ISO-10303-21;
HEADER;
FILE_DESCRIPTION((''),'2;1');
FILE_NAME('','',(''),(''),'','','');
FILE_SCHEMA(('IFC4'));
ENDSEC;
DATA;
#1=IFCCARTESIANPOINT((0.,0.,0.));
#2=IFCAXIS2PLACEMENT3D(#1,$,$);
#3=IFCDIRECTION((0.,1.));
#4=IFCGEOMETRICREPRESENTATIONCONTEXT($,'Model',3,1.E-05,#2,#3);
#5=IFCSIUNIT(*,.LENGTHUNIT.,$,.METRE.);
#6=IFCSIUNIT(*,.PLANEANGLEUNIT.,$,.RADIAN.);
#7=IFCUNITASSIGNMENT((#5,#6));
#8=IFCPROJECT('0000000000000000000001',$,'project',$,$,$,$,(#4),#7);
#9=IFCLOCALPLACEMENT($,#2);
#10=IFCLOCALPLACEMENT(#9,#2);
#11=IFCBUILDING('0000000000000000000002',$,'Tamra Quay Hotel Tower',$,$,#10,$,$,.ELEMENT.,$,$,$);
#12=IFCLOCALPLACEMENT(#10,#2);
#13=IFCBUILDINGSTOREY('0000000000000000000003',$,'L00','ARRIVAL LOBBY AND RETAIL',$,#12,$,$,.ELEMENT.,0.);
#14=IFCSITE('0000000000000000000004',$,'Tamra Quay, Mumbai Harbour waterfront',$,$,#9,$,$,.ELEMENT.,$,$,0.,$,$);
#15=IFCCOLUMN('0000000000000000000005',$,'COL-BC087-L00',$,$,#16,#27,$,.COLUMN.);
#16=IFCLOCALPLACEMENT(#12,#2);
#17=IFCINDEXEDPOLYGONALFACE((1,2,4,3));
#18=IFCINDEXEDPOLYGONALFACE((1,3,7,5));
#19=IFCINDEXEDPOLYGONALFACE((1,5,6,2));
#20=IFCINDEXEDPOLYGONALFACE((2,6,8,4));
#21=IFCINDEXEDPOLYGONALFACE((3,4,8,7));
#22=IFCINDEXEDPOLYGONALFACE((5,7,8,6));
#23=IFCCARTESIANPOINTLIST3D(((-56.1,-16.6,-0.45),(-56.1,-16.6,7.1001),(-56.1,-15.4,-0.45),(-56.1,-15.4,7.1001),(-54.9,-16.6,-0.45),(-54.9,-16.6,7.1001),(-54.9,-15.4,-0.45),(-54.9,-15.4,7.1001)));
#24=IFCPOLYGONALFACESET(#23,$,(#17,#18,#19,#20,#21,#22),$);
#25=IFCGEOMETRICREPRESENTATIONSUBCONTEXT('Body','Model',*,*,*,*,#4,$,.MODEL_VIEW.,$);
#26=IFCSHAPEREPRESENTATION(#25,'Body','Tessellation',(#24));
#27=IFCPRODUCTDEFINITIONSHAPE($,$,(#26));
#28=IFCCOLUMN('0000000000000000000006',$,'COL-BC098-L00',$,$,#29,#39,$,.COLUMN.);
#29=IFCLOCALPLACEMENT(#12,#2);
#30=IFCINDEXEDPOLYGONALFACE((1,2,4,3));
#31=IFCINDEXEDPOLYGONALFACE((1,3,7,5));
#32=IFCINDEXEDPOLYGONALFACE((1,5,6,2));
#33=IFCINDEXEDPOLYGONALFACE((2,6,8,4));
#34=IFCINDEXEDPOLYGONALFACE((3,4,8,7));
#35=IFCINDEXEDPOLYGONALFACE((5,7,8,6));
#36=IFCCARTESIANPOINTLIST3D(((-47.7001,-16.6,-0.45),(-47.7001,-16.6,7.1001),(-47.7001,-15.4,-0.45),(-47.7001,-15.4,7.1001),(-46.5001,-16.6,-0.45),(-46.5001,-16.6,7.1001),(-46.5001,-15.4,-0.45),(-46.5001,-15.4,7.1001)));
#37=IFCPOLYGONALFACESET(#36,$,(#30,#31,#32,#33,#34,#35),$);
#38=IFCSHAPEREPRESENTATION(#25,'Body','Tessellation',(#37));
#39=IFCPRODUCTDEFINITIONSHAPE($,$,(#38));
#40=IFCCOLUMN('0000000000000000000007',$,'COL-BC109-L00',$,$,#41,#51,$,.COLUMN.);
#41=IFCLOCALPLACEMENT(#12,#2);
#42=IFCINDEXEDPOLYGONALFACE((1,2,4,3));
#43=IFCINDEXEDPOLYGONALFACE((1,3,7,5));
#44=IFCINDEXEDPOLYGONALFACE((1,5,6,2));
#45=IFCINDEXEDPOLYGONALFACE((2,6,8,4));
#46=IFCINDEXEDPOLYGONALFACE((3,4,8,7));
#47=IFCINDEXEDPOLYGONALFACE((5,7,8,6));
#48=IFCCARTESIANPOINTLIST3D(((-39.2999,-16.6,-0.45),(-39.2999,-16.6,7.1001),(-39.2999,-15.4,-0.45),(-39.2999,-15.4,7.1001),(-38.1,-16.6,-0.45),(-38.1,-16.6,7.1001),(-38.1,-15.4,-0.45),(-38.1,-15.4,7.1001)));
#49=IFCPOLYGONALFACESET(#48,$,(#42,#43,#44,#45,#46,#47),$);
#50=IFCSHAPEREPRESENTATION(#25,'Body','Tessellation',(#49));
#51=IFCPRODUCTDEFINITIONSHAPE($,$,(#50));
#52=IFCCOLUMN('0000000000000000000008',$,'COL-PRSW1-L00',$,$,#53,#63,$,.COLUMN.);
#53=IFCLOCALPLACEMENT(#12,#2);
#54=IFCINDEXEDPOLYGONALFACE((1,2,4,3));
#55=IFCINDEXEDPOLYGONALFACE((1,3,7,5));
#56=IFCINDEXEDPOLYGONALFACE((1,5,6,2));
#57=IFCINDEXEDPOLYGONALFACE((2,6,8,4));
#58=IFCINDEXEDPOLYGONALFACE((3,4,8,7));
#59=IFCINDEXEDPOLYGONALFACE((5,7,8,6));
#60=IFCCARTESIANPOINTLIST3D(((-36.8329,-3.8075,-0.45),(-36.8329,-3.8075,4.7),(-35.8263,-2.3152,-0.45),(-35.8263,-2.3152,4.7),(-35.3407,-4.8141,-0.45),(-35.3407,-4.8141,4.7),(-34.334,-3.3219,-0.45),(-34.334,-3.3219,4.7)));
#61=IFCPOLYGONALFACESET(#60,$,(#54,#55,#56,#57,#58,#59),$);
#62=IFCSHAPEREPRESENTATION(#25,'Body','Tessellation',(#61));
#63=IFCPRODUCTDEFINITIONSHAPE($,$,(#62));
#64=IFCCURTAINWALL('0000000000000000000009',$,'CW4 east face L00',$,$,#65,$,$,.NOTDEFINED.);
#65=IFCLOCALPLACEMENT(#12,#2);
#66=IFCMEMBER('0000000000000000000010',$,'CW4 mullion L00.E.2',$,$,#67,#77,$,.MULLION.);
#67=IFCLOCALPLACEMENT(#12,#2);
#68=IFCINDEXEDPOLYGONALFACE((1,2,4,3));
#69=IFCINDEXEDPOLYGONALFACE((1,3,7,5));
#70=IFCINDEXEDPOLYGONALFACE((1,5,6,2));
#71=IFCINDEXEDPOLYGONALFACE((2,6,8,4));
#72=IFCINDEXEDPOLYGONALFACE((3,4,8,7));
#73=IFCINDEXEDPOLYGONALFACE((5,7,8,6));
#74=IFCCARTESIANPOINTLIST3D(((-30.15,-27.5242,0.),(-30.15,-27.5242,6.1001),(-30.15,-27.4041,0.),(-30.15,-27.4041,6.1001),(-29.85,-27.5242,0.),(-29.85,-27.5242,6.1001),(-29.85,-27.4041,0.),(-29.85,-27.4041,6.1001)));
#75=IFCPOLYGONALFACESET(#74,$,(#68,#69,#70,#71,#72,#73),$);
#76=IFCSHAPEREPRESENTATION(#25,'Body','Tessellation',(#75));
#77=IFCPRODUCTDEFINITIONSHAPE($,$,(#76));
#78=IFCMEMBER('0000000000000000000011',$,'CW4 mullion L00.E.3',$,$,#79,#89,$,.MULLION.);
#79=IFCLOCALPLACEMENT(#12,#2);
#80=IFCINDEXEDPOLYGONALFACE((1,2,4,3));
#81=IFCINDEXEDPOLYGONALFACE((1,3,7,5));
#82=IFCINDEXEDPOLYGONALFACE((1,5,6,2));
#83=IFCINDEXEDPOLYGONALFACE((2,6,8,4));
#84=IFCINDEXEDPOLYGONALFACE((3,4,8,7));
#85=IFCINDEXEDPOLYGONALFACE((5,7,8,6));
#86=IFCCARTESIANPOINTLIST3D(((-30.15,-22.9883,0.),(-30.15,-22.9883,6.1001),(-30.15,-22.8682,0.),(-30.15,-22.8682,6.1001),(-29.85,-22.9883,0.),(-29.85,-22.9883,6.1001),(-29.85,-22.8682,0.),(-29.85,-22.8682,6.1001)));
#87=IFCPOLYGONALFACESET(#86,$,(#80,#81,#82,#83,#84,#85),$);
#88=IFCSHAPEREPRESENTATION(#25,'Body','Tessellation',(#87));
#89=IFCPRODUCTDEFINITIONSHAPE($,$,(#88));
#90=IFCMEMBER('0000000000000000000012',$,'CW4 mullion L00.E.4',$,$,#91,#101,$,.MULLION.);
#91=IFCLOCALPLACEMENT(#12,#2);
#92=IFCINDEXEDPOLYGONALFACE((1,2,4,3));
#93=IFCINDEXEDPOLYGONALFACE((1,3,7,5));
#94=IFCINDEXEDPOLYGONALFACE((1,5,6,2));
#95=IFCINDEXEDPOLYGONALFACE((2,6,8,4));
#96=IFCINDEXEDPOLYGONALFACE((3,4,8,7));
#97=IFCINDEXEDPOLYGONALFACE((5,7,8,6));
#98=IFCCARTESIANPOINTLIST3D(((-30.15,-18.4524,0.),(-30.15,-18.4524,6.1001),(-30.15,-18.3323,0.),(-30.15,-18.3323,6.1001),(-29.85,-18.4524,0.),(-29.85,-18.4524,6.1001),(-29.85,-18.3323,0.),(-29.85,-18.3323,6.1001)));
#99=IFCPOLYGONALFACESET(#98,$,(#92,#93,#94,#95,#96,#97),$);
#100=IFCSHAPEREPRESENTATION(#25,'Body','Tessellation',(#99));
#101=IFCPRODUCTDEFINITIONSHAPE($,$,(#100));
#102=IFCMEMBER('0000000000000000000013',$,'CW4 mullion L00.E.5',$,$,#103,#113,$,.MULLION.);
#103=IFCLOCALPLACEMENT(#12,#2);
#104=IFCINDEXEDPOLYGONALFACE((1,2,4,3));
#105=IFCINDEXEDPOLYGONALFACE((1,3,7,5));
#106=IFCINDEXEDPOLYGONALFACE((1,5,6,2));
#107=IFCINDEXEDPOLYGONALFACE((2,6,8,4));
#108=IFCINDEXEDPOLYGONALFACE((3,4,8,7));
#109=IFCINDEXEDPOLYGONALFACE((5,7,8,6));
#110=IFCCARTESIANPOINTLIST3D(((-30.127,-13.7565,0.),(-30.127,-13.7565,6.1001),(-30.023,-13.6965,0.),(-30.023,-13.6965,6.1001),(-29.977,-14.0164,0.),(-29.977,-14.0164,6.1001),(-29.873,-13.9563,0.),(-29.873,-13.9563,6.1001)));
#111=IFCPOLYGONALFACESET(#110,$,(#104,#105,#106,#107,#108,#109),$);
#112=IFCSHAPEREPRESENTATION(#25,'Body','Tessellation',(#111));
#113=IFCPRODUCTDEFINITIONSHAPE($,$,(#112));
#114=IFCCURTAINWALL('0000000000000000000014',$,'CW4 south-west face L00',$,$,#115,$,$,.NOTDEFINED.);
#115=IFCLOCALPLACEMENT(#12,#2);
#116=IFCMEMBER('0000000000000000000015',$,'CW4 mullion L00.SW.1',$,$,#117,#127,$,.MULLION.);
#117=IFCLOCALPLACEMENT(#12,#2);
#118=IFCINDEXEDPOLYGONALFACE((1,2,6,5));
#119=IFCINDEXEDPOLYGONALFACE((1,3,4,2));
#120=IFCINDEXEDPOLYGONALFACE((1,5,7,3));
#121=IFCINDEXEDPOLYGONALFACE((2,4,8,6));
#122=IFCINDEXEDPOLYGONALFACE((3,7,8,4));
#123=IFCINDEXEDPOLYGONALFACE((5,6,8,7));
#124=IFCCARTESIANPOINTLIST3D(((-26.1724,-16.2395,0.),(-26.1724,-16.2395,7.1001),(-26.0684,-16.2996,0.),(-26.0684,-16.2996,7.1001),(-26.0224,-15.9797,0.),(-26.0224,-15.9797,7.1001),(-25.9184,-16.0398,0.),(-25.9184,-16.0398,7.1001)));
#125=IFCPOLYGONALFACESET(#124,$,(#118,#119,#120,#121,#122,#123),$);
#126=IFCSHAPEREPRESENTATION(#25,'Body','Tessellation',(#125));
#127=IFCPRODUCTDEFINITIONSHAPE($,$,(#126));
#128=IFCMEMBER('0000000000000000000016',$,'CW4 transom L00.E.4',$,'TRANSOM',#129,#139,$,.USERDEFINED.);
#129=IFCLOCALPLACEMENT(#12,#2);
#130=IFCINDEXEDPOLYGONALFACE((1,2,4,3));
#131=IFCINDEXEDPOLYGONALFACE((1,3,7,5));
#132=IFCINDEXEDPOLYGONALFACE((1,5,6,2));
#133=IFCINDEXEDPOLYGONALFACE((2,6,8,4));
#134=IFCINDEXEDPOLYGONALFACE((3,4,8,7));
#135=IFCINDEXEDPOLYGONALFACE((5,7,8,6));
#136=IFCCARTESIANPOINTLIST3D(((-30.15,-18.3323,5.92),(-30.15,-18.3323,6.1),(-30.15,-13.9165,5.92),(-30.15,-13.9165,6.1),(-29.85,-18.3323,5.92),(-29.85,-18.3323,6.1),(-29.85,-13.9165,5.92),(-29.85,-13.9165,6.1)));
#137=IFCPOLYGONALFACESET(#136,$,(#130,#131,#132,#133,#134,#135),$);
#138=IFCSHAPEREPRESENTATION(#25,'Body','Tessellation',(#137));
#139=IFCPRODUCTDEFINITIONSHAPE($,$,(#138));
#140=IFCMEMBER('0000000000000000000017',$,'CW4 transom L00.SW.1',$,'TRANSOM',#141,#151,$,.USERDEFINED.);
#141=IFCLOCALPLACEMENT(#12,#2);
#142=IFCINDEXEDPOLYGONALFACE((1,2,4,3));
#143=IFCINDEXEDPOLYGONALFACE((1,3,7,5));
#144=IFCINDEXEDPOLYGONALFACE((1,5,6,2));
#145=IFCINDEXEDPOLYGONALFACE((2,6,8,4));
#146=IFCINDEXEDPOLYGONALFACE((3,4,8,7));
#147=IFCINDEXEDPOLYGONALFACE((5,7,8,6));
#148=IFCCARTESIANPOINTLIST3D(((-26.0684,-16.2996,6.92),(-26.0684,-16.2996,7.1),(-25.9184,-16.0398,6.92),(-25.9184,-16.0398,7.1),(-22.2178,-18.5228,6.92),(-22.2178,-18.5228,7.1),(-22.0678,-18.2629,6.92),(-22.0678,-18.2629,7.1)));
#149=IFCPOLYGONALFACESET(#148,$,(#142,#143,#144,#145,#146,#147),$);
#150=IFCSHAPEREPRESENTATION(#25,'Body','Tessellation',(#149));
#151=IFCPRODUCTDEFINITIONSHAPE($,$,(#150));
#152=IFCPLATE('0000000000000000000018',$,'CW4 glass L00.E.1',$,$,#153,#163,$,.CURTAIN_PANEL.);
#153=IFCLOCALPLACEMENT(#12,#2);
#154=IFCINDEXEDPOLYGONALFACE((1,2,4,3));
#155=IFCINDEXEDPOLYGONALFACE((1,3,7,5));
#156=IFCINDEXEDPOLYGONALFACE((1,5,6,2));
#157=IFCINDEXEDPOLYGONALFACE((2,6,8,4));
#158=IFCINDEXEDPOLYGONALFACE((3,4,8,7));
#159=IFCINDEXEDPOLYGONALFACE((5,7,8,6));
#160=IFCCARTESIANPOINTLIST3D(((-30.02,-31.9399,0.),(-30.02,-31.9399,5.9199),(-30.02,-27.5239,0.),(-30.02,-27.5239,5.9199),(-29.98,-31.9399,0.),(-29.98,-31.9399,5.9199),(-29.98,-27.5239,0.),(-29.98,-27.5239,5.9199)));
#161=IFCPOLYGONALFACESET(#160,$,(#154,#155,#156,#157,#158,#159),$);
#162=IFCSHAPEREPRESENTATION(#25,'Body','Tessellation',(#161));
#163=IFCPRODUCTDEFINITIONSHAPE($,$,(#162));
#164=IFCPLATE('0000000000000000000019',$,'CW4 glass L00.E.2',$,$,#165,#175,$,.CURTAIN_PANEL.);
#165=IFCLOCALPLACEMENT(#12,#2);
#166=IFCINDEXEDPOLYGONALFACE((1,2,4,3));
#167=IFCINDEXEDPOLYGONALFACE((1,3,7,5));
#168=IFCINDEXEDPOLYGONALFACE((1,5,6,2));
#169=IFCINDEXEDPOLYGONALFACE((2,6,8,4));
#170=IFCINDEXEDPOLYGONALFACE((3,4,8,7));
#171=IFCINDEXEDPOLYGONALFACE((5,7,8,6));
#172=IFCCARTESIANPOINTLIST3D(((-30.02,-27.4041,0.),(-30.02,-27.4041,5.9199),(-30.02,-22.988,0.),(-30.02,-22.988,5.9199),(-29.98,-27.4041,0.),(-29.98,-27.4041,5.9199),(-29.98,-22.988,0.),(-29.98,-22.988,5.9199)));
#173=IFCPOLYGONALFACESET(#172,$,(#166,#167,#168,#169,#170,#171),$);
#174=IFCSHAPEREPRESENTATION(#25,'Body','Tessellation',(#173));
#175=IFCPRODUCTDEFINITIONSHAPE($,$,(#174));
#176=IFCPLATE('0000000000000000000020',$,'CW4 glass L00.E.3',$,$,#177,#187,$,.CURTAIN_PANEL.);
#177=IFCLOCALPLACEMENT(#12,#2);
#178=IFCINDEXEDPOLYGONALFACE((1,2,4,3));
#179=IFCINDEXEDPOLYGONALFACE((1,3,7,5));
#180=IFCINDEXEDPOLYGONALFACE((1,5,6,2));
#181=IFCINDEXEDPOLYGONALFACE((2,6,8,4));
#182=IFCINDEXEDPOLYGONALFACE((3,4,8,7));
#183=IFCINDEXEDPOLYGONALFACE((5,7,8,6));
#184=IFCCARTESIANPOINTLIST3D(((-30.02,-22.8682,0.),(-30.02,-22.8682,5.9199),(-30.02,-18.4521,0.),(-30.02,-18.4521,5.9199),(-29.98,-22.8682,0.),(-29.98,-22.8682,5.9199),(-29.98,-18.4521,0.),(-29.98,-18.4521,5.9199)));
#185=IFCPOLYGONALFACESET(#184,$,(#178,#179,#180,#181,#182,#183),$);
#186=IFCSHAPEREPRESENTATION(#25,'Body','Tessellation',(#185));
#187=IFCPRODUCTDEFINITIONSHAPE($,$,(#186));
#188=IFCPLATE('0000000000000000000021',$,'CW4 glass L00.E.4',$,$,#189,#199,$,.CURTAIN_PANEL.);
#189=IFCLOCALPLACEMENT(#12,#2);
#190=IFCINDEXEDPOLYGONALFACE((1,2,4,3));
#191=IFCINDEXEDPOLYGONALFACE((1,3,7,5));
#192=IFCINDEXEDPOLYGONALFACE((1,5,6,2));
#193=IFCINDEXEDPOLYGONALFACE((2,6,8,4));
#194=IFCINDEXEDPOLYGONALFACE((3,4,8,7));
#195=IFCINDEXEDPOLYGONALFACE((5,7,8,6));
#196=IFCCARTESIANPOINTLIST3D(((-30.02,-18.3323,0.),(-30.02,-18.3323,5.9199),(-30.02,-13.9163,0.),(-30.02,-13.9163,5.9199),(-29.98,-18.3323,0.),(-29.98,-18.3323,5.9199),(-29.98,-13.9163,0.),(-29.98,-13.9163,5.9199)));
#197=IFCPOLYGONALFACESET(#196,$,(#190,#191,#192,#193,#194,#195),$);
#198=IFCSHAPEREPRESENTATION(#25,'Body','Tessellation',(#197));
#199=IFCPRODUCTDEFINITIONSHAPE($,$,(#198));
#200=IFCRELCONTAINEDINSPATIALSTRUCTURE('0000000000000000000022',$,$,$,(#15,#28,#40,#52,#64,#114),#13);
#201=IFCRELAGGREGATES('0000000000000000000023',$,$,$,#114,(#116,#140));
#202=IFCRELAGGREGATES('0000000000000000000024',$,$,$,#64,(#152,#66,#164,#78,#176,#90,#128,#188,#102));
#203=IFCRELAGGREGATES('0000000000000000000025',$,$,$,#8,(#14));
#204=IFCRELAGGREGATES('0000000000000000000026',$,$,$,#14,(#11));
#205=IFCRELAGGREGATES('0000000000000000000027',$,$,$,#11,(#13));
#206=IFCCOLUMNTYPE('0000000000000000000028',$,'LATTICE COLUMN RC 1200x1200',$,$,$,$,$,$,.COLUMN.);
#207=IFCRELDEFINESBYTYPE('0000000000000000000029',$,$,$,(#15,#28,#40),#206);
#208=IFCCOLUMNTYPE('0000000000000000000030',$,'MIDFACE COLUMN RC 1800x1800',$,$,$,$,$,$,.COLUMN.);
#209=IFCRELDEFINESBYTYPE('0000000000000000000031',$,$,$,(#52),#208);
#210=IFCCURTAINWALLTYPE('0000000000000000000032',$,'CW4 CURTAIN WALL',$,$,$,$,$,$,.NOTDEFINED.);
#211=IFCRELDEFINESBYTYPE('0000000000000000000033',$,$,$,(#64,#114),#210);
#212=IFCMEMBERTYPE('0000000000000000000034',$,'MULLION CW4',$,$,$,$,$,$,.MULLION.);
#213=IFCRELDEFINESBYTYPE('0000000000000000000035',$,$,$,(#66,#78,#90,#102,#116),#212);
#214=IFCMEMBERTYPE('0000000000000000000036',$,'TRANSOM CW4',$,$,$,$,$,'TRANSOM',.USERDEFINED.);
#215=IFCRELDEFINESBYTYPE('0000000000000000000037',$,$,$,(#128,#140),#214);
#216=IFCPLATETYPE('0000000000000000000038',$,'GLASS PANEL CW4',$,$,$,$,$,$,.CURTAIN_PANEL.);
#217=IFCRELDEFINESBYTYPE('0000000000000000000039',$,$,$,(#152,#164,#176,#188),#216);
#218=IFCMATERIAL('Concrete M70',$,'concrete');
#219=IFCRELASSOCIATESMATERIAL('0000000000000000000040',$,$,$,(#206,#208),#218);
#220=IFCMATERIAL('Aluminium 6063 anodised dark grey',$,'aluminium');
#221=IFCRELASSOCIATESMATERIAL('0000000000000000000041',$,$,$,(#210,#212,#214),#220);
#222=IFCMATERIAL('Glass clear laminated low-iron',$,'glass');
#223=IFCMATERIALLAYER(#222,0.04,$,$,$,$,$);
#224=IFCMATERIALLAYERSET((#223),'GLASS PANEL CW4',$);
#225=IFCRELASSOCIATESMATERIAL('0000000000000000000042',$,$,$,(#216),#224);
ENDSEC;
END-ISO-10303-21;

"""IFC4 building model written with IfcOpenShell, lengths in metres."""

from ifc_helpers import new_model, si_unit, direction, frame, origin, origin_2d, place, context, subcontext, project, spatial, rectangle, extrude, material, layer, layer_set, material_profile, profile_set, type_object, element, aggregate, save


model = new_model("IFC4")

# Units and contexts
model_context = context("Model", 3, precision=1e-05, world=origin(), true_north=direction((0.0, 1.0)))
body_context = subcontext(model_context, "Body", "Model", "MODEL_VIEW")
ifc_project = project(units=[si_unit("LENGTHUNIT", "METRE"), si_unit("PLANEANGLEUNIT", "RADIAN")], contexts=[model_context])

# Site, building, storey
site_placement = place(None, origin())
site = spatial("IfcSite", under=ifc_project, at=site_placement, Name="Tamra Quay, Mumbai Harbour waterfront", CompositionType="ELEMENT", RefElevation=0.0)
building_placement = place(site_placement, origin())
building = spatial("IfcBuilding", under=site, at=building_placement, Name="Tamra Quay Hotel Tower", CompositionType="ELEMENT")
storey_placement = place(building_placement, origin())
storey = spatial("IfcBuildingStorey", under=building, at=storey_placement, Name="L00", Description="ARRIVAL LOBBY AND RETAIL", CompositionType="ELEMENT", Elevation=0.0)

# Columns
ifc_material_1 = material(Name="Concrete M70", Category="concrete")
ifc_material_profile_1 = material_profile(ifc_material_1, rectangle(XDim=1.2, YDim=1.2, at=origin_2d()), Name="LATTICE COLUMN RC 1200x1200")
ifc_profile_set_1 = profile_set([ifc_material_profile_1], Name="Concrete M70")
column_type_1 = type_object("IfcColumnType", Name="LATTICE COLUMN RC 1200x1200", PredefinedType="COLUMN", material=ifc_profile_set_1)
for number, where, z_axis, x_axis, name in (
    (1, (-55.5, -16.0, -0.45), (0.0, 0.0, 1.0), (1.0, 0.0, 0.0), "COL-BC087-L00"),
    (2, (-47.1001, -16.0, -0.45), (0.0, 0.0, 1.0), (1.0, 0.0, 0.0), "COL-BC098-L00"),
    (3, (-38.7, -16.0, -0.45), (0.0, 0.0, 1.0), (1.0, 0.0, 0.0), "COL-BC109-L00"),
):
    element("IfcColumn", number, at=place(storey_placement, frame(where, z_axis=z_axis, x_axis=x_axis)), inside=storey, type_object=column_type_1, Name=name, PredefinedType="COLUMN", context=body_context, shape_type="SweptSolid", body=[
        extrude(rectangle(XDim=1.2, YDim=1.2, at=origin_2d()), origin(), (0.0, 0.0, 1.0), 7.55),
    ])
ifc_material_profile_2 = material_profile(ifc_material_1, rectangle(XDim=1.8, YDim=1.8, at=origin_2d()), Name="MIDFACE COLUMN RC 1800x1800")
ifc_profile_set_2 = profile_set([ifc_material_profile_2], Name="Concrete M70")
column_type_2 = type_object("IfcColumnType", Name="MIDFACE COLUMN RC 1800x1800", PredefinedType="COLUMN", material=ifc_profile_set_2)
column_placement = place(storey_placement, frame((-35.5835, -3.5647, -0.45), z_axis=(0.0, 0.0, 1.0), x_axis=(0.55922, 0.829019, 0.0)))
element("IfcColumn", 4, at=column_placement, inside=storey, type_object=column_type_2, Name="COL-PRSW1-L00", PredefinedType="COLUMN", context=body_context, shape_type="SweptSolid", body=[
    extrude(rectangle(XDim=1.8, YDim=1.8, at=origin_2d()), origin(), (0.0, 0.0, 1.0), 5.1499),
])

# Curtain wall, members
ifc_material_2 = material(Name="Aluminium 6063 anodised dark grey", Category="aluminium")
curtain_wall_type = type_object("IfcCurtainWallType", Name="CW4 CURTAIN WALL", PredefinedType="NOTDEFINED", material=ifc_material_2)
curtain_wall_1_placement = place(storey_placement, origin())
curtain_wall_1 = element("IfcCurtainWall", 5, at=curtain_wall_1_placement, inside=storey, type_object=curtain_wall_type, Name="CW4 east face L00", PredefinedType="NOTDEFINED")
ifc_material_profile_3 = material_profile(ifc_material_2, rectangle(XDim=0.3, YDim=0.1201, at=origin_2d()), Name="MULLION 120X300")
ifc_profile_set_3 = profile_set([ifc_material_profile_3], Name="Aluminium 6063 anodised dark grey")
member_type_1 = type_object("IfcMemberType", Name="MULLION CW4", PredefinedType="MULLION", material=ifc_profile_set_3)
member_1_placement = place(storey_placement, frame((-30.0, -27.4641, 0.0), z_axis=(0.0, 0.0, 1.0), x_axis=(1.0, 0.0, 0.0)))
member_1 = element("IfcMember", 6, at=member_1_placement, type_object=member_type_1, Name="CW4 mullion L00.E.2", PredefinedType="MULLION", context=body_context, shape_type="SweptSolid", body=[
    extrude(rectangle(XDim=0.3, YDim=0.1201, at=origin_2d()), origin(), (0.0, 0.0, 1.0), 6.1001),
])
member_2_placement = place(storey_placement, frame((-30.0, -22.9282, 0.0), z_axis=(0.0, 0.0, 1.0), x_axis=(1.0, 0.0, 0.0)))
member_2 = element("IfcMember", 7, at=member_2_placement, type_object=member_type_1, Name="CW4 mullion L00.E.3", PredefinedType="MULLION", context=body_context, shape_type="SweptSolid", body=[
    extrude(rectangle(XDim=0.3, YDim=0.1201, at=origin_2d()), origin(), (0.0, 0.0, 1.0), 6.1001),
])
member_3_placement = place(storey_placement, frame((-30.0, -18.3923, 0.0), z_axis=(0.0, 0.0, 1.0), x_axis=(1.0, 0.0, 0.0)))
member_3 = element("IfcMember", 8, at=member_3_placement, type_object=member_type_1, Name="CW4 mullion L00.E.4", PredefinedType="MULLION", context=body_context, shape_type="SweptSolid", body=[
    extrude(rectangle(XDim=0.3, YDim=0.1201, at=origin_2d()), origin(), (0.0, 0.0, 1.0), 6.1001),
])
member_4_placement = place(storey_placement, frame((-30.0, -13.8564, 0.0), z_axis=(0.0, 0.0, 1.0), x_axis=(0.5, -0.866025, 0.0)))
member_4 = element("IfcMember", 9, at=member_4_placement, type_object=member_type_1, Name="CW4 mullion L00.E.5", PredefinedType="MULLION", context=body_context, shape_type="SweptSolid", body=[
    extrude(rectangle(XDim=0.3, YDim=0.1201, at=origin_2d()), origin(), (0.0, 0.0, 1.0), 6.1001),
])

# Curtain wall, member
curtain_wall_2_placement = place(storey_placement, origin())
curtain_wall_2 = element("IfcCurtainWall", 10, at=curtain_wall_2_placement, inside=storey, type_object=curtain_wall_type, Name="CW4 south-west face L00", PredefinedType="NOTDEFINED")
member_5_placement = place(storey_placement, frame((-26.0454, -16.1396, 0.0), z_axis=(0.0, 0.0, 1.0), x_axis=(-0.5, -0.866025, 0.0)))
member_5 = element("IfcMember", 11, at=member_5_placement, type_object=member_type_1, Name="CW4 mullion L00.SW.1", PredefinedType="MULLION", context=body_context, shape_type="SweptSolid", body=[
    extrude(rectangle(XDim=0.3, YDim=0.1201, at=origin_2d()), origin(), (0.0, 0.0, 1.0), 7.1001),
])

# Members
ifc_material_profile_4 = material_profile(ifc_material_2, rectangle(XDim=0.3, YDim=0.1799, at=origin_2d()), Name="TRANSOM 300X180")
ifc_profile_set_4 = profile_set([ifc_material_profile_4], Name="Aluminium 6063 anodised dark grey")
member_type_2 = type_object("IfcMemberType", Name="TRANSOM CW4", ElementType="TRANSOM", PredefinedType="USERDEFINED", material=ifc_profile_set_4)
member_6_placement = place(storey_placement, frame((-30.0, -18.3323, 6.01), z_axis=(0.0, 1.0, 0.0), x_axis=(-1.0, 0.0, 0.0)))
member_6 = element("IfcMember", 12, at=member_6_placement, type_object=member_type_2, Name="CW4 transom L00.E.4", ObjectType="TRANSOM", PredefinedType="USERDEFINED", context=body_context, shape_type="SweptSolid", body=[
    extrude(rectangle(XDim=0.3, YDim=0.1799, at=origin_2d()), origin(), (0.0, 0.0, 1.0), 4.4158),
])
member_7_placement = place(storey_placement, frame((-25.9934, -16.1697, 7.01), z_axis=(0.866025, -0.500001, 0.0), x_axis=(0.500001, 0.866025, 0.0)))
member_7 = element("IfcMember", 13, at=member_7_placement, type_object=member_type_2, Name="CW4 transom L00.SW.1", ObjectType="TRANSOM", PredefinedType="USERDEFINED", context=body_context, shape_type="SweptSolid", body=[
    extrude(rectangle(XDim=0.3, YDim=0.1799, at=origin_2d()), origin(), (0.0, 0.0, 1.0), 4.4463),
])
aggregate(curtain_wall_2, [member_5, member_7])

# Plates
ifc_material_3 = material(Name="Glass clear laminated low-iron", Category="glass")
ifc_layer_1 = layer(ifc_material_3, 0.04)
ifc_layer_set_1 = layer_set([ifc_layer_1], Name="GLASS PANEL CW4")
plate_type = type_object("IfcPlateType", Name="GLASS PANEL CW4", PredefinedType="CURTAIN_PANEL", material=ifc_layer_set_1)
plate_1_placement = place(storey_placement, frame((-30.0, -29.7319, 0.0), z_axis=(0.0, 0.0, 1.0), x_axis=(0.0, 1.0, 0.0)))
plate_1 = element("IfcPlate", 14, at=plate_1_placement, type_object=plate_type, Name="CW4 glass L00.E.1", PredefinedType="CURTAIN_PANEL", context=body_context, shape_type="SweptSolid", body=[
    extrude(rectangle(XDim=4.416, YDim=0.04, at=origin_2d()), origin(), (0.0, 0.0, 1.0), 5.9199),
])
plate_2_placement = place(storey_placement, frame((-30.0, -25.196, 0.0), z_axis=(0.0, 0.0, 1.0), x_axis=(0.0, 1.0, 0.0)))
plate_2 = element("IfcPlate", 15, at=plate_2_placement, type_object=plate_type, Name="CW4 glass L00.E.2", PredefinedType="CURTAIN_PANEL", context=body_context, shape_type="SweptSolid", body=[
    extrude(rectangle(XDim=4.416, YDim=0.04, at=origin_2d()), origin(), (0.0, 0.0, 1.0), 5.9199),
])
plate_3_placement = place(storey_placement, frame((-30.0, -20.6602, 0.0), z_axis=(0.0, 0.0, 1.0), x_axis=(0.0, 1.0, 0.0)))
plate_3 = element("IfcPlate", 16, at=plate_3_placement, type_object=plate_type, Name="CW4 glass L00.E.3", PredefinedType="CURTAIN_PANEL", context=body_context, shape_type="SweptSolid", body=[
    extrude(rectangle(XDim=4.416, YDim=0.04, at=origin_2d()), origin(), (0.0, 0.0, 1.0), 5.9199),
])
plate_4_placement = place(storey_placement, frame((-30.0, -16.1243, 0.0), z_axis=(0.0, 0.0, 1.0), x_axis=(0.0, 1.0, 0.0)))
plate_4 = element("IfcPlate", 17, at=plate_4_placement, type_object=plate_type, Name="CW4 glass L00.E.4", PredefinedType="CURTAIN_PANEL", context=body_context, shape_type="SweptSolid", body=[
    extrude(rectangle(XDim=4.416, YDim=0.04, at=origin_2d()), origin(), (0.0, 0.0, 1.0), 5.9199),
])
aggregate(curtain_wall_1, [plate_1, member_1, plate_2, member_2, plate_3, member_3, member_6, plate_4, member_4])

save(model, "model.ifc")
